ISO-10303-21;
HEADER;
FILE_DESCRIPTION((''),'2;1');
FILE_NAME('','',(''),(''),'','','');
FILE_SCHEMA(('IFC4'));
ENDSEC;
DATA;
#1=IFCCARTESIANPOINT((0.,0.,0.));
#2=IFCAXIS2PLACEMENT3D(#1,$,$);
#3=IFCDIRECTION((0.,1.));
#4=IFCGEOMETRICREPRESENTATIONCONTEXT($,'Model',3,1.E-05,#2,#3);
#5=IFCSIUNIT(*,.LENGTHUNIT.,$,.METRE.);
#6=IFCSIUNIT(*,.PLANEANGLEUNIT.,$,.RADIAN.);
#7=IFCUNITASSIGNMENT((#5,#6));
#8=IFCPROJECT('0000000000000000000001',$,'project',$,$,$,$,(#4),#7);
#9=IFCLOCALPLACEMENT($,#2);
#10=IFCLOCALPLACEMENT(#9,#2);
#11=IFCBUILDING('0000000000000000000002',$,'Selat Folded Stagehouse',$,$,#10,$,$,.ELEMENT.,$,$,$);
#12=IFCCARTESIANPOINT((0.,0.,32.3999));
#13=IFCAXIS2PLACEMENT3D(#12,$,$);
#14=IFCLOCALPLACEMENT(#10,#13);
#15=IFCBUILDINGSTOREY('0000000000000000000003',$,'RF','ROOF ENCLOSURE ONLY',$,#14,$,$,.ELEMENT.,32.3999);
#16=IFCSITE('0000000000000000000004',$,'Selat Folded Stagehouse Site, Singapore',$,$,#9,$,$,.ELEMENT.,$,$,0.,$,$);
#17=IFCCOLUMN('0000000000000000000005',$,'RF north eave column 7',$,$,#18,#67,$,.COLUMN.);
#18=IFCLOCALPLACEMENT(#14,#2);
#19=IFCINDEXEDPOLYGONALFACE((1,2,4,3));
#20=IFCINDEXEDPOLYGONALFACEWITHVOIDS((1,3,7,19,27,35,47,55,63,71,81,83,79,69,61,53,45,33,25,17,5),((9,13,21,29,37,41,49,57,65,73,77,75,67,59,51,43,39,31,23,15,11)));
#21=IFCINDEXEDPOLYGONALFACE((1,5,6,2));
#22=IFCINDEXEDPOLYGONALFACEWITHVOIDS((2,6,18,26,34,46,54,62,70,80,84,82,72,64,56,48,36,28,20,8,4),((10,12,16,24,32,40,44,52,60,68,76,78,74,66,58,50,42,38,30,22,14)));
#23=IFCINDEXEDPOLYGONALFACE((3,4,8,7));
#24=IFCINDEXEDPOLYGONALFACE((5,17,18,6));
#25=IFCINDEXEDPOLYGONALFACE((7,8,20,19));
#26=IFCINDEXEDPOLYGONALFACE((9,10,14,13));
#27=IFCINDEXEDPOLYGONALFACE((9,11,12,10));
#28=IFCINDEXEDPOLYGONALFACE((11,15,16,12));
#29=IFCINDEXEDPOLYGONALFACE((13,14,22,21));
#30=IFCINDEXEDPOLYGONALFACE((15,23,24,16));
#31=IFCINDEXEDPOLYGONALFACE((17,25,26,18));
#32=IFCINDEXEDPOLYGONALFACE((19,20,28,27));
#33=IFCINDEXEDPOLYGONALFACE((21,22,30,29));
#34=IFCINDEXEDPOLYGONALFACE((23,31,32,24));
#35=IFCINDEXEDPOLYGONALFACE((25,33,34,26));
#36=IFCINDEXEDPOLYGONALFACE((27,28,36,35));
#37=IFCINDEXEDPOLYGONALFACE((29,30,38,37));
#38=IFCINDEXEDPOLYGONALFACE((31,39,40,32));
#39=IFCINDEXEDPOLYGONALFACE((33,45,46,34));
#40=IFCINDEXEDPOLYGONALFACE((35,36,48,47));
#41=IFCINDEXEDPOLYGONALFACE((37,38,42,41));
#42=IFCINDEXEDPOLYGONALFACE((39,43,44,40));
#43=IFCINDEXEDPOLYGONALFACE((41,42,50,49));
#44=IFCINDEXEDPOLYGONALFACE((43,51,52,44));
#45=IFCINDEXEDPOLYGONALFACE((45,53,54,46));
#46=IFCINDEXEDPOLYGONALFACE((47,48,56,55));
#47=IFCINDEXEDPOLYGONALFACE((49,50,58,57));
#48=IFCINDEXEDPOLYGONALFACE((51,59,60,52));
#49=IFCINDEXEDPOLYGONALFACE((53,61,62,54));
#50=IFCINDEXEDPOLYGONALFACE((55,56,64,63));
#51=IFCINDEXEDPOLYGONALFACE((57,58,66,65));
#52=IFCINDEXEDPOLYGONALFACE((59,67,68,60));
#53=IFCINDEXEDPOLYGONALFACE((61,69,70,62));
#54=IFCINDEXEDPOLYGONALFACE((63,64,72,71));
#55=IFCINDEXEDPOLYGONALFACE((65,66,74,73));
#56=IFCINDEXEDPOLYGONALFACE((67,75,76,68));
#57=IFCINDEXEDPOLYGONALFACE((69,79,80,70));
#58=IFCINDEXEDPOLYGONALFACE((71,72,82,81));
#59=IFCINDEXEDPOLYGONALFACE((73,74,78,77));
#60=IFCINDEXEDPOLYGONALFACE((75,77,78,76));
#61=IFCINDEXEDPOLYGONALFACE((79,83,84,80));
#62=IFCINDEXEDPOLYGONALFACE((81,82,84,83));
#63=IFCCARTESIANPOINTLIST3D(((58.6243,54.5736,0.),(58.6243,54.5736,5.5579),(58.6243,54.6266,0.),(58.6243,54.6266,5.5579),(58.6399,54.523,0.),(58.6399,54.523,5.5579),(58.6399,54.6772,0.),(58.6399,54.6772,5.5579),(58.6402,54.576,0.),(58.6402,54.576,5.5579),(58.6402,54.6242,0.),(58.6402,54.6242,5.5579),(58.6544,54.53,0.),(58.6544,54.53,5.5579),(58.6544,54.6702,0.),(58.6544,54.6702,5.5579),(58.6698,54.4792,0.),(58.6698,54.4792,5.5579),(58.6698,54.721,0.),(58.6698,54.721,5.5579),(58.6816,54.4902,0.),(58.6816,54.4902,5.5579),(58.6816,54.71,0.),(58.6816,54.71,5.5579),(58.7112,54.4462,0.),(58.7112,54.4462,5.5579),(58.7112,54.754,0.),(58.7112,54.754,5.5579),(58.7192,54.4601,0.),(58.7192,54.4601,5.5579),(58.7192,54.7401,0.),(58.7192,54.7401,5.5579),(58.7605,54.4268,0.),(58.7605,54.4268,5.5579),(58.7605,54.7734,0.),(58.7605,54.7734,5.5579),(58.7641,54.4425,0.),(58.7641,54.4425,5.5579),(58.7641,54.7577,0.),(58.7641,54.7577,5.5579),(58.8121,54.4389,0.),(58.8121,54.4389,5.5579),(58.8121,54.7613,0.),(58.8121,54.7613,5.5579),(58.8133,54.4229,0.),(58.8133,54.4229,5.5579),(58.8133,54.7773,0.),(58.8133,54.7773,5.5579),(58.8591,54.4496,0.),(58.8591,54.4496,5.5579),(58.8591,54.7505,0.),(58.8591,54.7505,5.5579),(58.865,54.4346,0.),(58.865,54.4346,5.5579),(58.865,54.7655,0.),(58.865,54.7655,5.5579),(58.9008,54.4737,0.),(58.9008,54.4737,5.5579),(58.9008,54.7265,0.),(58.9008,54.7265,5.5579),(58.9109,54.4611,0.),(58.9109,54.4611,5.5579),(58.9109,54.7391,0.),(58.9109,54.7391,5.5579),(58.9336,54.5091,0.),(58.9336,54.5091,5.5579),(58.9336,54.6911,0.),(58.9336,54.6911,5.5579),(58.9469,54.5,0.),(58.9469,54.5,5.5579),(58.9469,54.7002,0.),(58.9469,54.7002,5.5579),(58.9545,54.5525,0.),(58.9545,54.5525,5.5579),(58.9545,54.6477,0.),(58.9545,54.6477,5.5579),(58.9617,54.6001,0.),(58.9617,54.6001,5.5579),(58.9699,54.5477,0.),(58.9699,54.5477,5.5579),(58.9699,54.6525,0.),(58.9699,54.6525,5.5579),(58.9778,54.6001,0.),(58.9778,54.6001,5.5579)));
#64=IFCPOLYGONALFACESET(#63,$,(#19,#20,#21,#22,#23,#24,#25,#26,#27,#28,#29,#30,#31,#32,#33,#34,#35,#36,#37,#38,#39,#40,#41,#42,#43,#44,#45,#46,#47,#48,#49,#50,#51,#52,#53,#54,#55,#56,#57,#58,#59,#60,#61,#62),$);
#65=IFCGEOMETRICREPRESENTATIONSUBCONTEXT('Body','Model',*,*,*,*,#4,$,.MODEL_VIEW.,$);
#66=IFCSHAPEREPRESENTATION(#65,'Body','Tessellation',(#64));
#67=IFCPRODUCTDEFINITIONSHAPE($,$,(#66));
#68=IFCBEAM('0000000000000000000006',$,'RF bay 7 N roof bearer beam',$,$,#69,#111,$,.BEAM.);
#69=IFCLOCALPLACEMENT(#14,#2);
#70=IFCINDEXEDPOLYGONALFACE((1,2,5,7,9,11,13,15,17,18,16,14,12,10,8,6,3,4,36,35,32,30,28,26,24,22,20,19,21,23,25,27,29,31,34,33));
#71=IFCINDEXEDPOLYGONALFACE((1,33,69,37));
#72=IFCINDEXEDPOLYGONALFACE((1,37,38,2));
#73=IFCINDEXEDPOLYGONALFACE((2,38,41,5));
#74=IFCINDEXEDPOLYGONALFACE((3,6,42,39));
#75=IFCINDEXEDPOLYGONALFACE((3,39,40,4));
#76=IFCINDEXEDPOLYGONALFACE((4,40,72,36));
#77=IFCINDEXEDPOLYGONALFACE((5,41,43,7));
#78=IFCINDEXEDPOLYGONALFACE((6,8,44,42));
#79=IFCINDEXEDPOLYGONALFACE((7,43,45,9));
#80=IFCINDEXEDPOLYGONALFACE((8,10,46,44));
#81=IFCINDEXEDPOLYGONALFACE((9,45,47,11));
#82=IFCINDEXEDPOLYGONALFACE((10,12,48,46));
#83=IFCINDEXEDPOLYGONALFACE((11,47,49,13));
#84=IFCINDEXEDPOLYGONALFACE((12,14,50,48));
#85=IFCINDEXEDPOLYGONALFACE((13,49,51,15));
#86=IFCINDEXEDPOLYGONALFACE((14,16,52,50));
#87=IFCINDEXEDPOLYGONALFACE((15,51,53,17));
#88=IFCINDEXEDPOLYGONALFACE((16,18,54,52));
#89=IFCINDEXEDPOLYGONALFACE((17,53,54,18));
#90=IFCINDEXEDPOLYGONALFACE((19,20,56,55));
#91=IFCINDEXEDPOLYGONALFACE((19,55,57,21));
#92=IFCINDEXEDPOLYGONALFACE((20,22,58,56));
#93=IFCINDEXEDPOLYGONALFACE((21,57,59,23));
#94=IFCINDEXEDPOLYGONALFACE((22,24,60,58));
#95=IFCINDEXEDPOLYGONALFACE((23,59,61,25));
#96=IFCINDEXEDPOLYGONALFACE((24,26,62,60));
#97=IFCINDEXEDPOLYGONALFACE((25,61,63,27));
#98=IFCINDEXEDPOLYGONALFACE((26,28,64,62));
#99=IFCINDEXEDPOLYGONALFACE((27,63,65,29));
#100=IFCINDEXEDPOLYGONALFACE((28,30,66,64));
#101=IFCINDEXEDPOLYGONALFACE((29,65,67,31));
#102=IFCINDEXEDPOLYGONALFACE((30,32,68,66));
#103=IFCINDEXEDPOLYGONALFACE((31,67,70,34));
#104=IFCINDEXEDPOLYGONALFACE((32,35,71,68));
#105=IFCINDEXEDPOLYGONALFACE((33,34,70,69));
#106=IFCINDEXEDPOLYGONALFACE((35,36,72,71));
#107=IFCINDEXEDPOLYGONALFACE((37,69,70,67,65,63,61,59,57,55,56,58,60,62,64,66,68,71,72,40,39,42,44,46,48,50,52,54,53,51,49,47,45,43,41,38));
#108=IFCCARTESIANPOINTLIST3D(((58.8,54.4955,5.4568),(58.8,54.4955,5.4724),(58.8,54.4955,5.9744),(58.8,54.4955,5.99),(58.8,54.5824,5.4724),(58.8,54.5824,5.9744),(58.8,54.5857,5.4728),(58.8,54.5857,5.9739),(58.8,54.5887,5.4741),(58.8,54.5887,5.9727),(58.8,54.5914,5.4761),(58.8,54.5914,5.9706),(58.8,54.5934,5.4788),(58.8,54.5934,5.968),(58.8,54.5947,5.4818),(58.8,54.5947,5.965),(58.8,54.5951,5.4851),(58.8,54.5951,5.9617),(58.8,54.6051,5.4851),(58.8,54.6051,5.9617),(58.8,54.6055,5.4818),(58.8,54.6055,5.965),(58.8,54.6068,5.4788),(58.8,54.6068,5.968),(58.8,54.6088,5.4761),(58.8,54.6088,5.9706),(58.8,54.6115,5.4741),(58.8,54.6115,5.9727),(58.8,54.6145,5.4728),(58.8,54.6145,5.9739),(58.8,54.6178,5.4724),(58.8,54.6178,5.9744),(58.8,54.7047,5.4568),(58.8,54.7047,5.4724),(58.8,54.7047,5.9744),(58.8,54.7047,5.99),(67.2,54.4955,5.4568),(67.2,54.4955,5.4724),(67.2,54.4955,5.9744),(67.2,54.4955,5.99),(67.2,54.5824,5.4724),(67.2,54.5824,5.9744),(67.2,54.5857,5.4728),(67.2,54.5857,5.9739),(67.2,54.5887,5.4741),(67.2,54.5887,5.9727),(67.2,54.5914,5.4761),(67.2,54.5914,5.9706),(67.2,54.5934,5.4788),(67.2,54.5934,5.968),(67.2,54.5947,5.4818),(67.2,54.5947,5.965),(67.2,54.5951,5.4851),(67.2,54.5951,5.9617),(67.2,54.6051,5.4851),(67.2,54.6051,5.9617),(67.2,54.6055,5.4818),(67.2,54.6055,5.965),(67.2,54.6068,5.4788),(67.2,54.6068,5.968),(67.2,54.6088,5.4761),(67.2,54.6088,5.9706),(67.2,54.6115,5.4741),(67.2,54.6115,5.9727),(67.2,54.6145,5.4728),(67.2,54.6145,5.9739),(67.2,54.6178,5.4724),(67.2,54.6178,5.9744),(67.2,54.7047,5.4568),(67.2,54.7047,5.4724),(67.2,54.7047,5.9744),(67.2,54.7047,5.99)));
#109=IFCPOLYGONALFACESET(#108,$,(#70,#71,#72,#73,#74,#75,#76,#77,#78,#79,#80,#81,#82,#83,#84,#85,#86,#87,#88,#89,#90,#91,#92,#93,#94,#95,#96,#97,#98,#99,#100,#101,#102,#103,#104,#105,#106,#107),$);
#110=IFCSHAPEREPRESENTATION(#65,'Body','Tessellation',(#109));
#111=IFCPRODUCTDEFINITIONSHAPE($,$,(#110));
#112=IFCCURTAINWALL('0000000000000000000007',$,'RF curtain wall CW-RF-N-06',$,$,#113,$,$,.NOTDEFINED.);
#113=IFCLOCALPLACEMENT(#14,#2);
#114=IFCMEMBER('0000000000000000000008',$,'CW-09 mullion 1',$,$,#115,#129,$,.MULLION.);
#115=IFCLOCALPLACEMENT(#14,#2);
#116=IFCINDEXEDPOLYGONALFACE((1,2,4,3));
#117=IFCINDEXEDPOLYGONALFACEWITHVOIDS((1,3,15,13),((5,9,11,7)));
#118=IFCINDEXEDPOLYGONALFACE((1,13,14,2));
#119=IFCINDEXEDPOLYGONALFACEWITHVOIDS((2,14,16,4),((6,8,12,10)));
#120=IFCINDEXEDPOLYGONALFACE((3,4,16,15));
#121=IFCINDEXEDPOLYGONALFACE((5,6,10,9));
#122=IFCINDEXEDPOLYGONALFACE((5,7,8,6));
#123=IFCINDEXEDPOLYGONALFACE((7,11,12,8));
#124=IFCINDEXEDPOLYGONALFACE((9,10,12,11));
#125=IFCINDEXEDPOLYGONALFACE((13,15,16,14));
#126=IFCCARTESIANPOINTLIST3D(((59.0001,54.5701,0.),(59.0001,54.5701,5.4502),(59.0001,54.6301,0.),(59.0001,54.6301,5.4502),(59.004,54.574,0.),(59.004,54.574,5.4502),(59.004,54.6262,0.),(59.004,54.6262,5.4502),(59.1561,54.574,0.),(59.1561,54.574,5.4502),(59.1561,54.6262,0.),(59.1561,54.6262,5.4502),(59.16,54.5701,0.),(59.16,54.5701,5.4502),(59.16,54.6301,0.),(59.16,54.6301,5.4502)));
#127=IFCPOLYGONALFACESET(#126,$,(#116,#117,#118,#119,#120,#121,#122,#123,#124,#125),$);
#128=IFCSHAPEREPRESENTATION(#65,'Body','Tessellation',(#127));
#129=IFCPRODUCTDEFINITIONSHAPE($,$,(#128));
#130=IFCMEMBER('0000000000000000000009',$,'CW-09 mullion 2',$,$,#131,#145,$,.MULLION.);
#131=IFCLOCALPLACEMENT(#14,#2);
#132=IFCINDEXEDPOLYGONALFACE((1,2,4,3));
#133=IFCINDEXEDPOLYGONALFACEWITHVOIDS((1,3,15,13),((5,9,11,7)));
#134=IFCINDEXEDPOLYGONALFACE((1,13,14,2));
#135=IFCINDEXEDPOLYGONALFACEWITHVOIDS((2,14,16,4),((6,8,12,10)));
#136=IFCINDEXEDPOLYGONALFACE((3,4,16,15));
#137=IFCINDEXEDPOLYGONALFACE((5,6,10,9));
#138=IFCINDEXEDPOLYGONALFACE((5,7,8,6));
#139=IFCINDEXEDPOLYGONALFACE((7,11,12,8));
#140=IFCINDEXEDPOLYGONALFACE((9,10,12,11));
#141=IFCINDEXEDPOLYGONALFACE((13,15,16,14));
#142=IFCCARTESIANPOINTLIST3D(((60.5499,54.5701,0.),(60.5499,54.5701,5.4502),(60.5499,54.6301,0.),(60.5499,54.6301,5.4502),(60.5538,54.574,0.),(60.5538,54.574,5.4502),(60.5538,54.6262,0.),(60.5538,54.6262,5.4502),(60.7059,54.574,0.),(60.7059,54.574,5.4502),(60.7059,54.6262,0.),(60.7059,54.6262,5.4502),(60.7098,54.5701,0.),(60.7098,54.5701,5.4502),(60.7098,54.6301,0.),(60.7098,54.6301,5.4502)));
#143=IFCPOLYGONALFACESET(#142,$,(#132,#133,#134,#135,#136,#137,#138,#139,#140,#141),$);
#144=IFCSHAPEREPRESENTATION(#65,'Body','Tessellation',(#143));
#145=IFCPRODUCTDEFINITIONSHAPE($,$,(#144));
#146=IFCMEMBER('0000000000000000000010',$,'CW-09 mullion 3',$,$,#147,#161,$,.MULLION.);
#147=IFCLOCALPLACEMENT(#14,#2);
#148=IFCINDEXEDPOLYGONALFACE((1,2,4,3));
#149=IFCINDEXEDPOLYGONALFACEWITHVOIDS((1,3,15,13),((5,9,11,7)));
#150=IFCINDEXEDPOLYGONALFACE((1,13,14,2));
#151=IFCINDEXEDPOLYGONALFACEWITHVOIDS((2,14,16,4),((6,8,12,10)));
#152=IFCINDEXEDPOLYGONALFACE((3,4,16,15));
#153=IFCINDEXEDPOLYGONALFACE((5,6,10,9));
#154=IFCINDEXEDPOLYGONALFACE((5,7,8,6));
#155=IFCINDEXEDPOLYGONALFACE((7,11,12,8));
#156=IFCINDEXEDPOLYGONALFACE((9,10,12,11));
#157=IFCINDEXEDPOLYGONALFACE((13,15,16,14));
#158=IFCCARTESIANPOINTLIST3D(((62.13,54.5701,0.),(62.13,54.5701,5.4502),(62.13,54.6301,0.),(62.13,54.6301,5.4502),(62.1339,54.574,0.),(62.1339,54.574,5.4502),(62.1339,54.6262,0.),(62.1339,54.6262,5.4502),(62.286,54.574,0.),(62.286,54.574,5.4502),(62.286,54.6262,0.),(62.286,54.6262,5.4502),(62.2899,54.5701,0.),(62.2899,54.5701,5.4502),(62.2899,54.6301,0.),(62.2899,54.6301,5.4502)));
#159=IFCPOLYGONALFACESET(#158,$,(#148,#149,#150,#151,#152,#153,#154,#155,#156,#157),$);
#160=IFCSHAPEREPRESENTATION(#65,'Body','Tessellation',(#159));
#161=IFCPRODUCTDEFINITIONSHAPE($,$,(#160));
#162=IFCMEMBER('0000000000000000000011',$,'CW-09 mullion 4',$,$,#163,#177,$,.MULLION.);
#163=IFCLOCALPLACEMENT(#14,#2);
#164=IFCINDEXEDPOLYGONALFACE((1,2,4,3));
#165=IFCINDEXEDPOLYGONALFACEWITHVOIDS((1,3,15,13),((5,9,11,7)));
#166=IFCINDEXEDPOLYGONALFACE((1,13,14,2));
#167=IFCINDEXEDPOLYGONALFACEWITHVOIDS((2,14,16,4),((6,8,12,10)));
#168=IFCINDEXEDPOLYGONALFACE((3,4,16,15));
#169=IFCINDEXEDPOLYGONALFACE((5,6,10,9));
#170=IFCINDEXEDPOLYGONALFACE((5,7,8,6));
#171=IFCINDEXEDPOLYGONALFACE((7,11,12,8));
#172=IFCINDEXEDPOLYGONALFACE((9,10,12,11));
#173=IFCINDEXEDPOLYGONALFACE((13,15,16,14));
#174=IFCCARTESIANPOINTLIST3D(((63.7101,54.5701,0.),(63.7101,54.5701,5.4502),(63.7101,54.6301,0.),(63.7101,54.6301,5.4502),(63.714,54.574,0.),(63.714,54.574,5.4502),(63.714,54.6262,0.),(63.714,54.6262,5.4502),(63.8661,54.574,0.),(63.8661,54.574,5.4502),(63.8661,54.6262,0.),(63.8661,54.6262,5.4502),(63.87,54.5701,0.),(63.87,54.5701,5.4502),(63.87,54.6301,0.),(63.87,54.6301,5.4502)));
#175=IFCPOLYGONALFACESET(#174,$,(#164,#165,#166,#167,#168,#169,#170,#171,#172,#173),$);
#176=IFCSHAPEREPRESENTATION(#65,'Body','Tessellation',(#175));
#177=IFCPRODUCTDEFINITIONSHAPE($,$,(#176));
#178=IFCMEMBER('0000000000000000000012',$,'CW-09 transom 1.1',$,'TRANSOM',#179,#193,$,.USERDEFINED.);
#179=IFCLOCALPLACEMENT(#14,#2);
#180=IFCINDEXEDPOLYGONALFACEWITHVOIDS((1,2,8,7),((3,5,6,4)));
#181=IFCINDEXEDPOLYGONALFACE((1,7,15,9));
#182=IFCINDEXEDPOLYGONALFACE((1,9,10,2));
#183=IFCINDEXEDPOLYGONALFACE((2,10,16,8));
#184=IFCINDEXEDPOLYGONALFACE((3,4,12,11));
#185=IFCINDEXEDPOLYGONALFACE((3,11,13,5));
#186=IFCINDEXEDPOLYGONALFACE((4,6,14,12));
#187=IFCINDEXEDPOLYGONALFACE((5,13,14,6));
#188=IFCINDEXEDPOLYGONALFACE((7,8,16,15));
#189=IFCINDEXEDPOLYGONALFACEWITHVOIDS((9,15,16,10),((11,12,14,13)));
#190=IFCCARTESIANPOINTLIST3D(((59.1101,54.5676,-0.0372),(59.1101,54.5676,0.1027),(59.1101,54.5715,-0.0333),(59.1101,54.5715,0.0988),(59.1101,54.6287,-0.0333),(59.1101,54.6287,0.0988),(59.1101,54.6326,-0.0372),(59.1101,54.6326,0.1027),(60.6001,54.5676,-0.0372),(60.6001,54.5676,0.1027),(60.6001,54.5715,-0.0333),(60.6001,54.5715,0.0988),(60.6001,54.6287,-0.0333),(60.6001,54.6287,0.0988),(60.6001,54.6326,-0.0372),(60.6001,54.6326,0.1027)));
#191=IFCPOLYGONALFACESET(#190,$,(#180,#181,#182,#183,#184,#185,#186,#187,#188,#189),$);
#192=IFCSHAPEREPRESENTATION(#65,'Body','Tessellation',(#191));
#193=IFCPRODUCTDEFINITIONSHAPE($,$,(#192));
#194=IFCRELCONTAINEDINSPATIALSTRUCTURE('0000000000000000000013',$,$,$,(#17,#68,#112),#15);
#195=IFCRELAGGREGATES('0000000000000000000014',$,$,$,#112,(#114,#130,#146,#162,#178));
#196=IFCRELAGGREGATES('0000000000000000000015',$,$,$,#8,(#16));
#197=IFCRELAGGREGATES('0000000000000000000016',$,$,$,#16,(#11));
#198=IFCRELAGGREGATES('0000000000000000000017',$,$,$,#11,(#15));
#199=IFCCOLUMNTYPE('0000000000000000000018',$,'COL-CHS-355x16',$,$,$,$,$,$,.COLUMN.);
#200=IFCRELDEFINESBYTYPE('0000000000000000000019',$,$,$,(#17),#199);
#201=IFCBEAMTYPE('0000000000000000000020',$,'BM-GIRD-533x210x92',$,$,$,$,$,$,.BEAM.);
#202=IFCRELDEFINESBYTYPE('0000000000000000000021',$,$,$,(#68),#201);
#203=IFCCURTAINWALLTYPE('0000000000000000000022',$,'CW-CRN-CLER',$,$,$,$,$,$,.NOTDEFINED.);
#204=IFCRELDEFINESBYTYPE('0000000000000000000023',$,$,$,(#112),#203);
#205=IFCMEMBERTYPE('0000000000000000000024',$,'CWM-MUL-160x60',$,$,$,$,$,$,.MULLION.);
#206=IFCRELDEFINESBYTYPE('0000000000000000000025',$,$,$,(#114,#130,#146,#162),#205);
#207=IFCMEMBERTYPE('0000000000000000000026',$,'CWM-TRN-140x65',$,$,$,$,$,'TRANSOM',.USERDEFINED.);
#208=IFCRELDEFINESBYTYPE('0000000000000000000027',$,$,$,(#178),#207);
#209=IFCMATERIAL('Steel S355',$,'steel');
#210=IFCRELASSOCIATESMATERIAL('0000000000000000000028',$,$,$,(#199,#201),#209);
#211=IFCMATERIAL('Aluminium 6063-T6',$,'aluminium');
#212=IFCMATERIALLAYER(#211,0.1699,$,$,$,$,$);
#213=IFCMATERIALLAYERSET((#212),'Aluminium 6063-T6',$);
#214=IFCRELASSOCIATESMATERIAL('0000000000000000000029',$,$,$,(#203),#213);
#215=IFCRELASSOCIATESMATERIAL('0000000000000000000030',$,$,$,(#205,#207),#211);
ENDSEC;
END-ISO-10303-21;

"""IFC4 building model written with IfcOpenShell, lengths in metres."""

from ifc_helpers import new_model, si_unit, direction, frame, origin, origin_2d, place, context, subcontext, project, spatial, hollow_rectangle, hollow_circle, i_section, extrude, material, layer, layer_set, material_profile, profile_set, type_object, element, aggregate, save


model = new_model("IFC4")

# Units and contexts
model_context = context("Model", 3, precision=1e-05, world=origin(), true_north=direction((0.0, 1.0)))
body_context = subcontext(model_context, "Body", "Model", "MODEL_VIEW")
ifc_project = project(units=[si_unit("LENGTHUNIT", "METRE"), si_unit("PLANEANGLEUNIT", "RADIAN")], contexts=[model_context])

# Site, building, storey
site_placement = place(None, origin())
site = spatial("IfcSite", under=ifc_project, at=site_placement, Name="Selat Folded Stagehouse Site, Singapore", CompositionType="ELEMENT", RefElevation=0.0)
building_placement = place(site_placement, origin())
building = spatial("IfcBuilding", under=site, at=building_placement, Name="Selat Folded Stagehouse", CompositionType="ELEMENT")
storey_placement = place(building_placement, frame((0.0, 0.0, 32.3999)))
storey = spatial("IfcBuildingStorey", under=building, at=storey_placement, Name="RF", Description="ROOF ENCLOSURE ONLY", CompositionType="ELEMENT", Elevation=32.3999)

# Column
ifc_material_1 = material(Name="Steel S355", Category="steel")
ifc_material_profile_1 = material_profile(ifc_material_1, hollow_circle(Radius=0.1777, WallThickness=0.0161, at=origin_2d()), Name="CHS 355.6x16.0")
ifc_profile_set_1 = profile_set([ifc_material_profile_1], Name="Steel S355")
column_type = type_object("IfcColumnType", Name="COL-CHS-355x16", PredefinedType="COLUMN", material=ifc_profile_set_1)
column_placement = place(storey_placement, frame((58.8, 54.6001, 0.0), z_axis=(0.0, 0.0, 1.0), x_axis=(1.0, 0.0, 0.0)))
element("IfcColumn", 1, at=column_placement, inside=storey, type_object=column_type, Name="RF north eave column 7", PredefinedType="COLUMN", context=body_context, shape_type="SweptSolid", body=[
    extrude(hollow_circle(Radius=0.1777, WallThickness=0.0161, at=origin_2d()), origin(), (0.0, 0.0, 1.0), 5.5579),
])

# Beam
ifc_material_profile_2 = material_profile(ifc_material_1, i_section(OverallWidth=0.2092, OverallDepth=0.5332, WebThickness=0.01, FlangeThickness=0.0156, FilletRadius=0.0127, at=origin_2d()), Name="UKB 533x210x92")
ifc_profile_set_2 = profile_set([ifc_material_profile_2], Name="Steel S355")
beam_type = type_object("IfcBeamType", Name="BM-GIRD-533x210x92", PredefinedType="BEAM", material=ifc_profile_set_2)
beam_placement = place(storey_placement, frame((58.8, 54.6001, 5.7234), z_axis=(1.0, 0.0, 0.0), x_axis=(0.0, 1.0, 0.0)))
element("IfcBeam", 2, at=beam_placement, inside=storey, type_object=beam_type, Name="RF bay 7 N roof bearer beam", PredefinedType="BEAM", context=body_context, shape_type="SweptSolid", body=[
    extrude(i_section(OverallWidth=0.2092, OverallDepth=0.5332, WebThickness=0.01, FlangeThickness=0.0156, FilletRadius=0.0127, at=origin_2d()), origin(), (0.0, 0.0, 1.0), 8.3999),
])

# Curtain wall, members
ifc_material_2 = material(Name="Aluminium 6063-T6", Category="aluminium")
ifc_layer_1 = layer(ifc_material_2, 0.1699)
ifc_layer_set_1 = layer_set([ifc_layer_1], Name="Aluminium 6063-T6")
curtain_wall_type = type_object("IfcCurtainWallType", Name="CW-CRN-CLER", PredefinedType="NOTDEFINED", material=ifc_layer_set_1)
curtain_wall_placement = place(storey_placement, origin())
curtain_wall = element("IfcCurtainWall", 3, at=curtain_wall_placement, inside=storey, type_object=curtain_wall_type, Name="RF curtain wall CW-RF-N-06", PredefinedType="NOTDEFINED")
ifc_material_profile_3 = material_profile(ifc_material_2, hollow_rectangle(XDim=0.0601, YDim=0.1599, WallThickness=0.0039, at=origin_2d()), Name="ALU 160x60x4.0")
ifc_profile_set_3 = profile_set([ifc_material_profile_3], Name="Aluminium 6063-T6")
member_type_1 = type_object("IfcMemberType", Name="CWM-MUL-160x60", PredefinedType="MULLION", material=ifc_profile_set_3)
member_1_placement = place(storey_placement, frame((59.0801, 54.6001, 0.0), z_axis=(0.0, 0.0, 1.0), x_axis=(0.0, 1.0, 0.0)))
member_1 = element("IfcMember", 4, at=member_1_placement, type_object=member_type_1, Name="CW-09 mullion 1", PredefinedType="MULLION", context=body_context, shape_type="SweptSolid", body=[
    extrude(hollow_rectangle(XDim=0.0601, YDim=0.1599, WallThickness=0.0039, at=origin_2d()), origin(), (0.0, 0.0, 1.0), 5.4502),
])
member_2_placement = place(storey_placement, frame((60.6299, 54.6001, 0.0), z_axis=(0.0, 0.0, 1.0), x_axis=(0.0, 1.0, 0.0)))
member_2 = element("IfcMember", 5, at=member_2_placement, type_object=member_type_1, Name="CW-09 mullion 2", PredefinedType="MULLION", context=body_context, shape_type="SweptSolid", body=[
    extrude(hollow_rectangle(XDim=0.0601, YDim=0.1599, WallThickness=0.0039, at=origin_2d()), origin(), (0.0, 0.0, 1.0), 5.4502),
])
member_3_placement = place(storey_placement, frame((62.21, 54.6001, 0.0), z_axis=(0.0, 0.0, 1.0), x_axis=(0.0, 1.0, 0.0)))
member_3 = element("IfcMember", 6, at=member_3_placement, type_object=member_type_1, Name="CW-09 mullion 3", PredefinedType="MULLION", context=body_context, shape_type="SweptSolid", body=[
    extrude(hollow_rectangle(XDim=0.0601, YDim=0.1599, WallThickness=0.0039, at=origin_2d()), origin(), (0.0, 0.0, 1.0), 5.4502),
])
member_4_placement = place(storey_placement, frame((63.79, 54.6001, 0.0), z_axis=(0.0, 0.0, 1.0), x_axis=(0.0, 1.0, 0.0)))
member_4 = element("IfcMember", 7, at=member_4_placement, type_object=member_type_1, Name="CW-09 mullion 4", PredefinedType="MULLION", context=body_context, shape_type="SweptSolid", body=[
    extrude(hollow_rectangle(XDim=0.0601, YDim=0.1599, WallThickness=0.0039, at=origin_2d()), origin(), (0.0, 0.0, 1.0), 5.4502),
])
ifc_material_profile_4 = material_profile(ifc_material_2, hollow_rectangle(XDim=0.0649, YDim=0.1399, WallThickness=0.0039, at=origin_2d()), Name="ALU 140x65x4.0")
ifc_profile_set_4 = profile_set([ifc_material_profile_4], Name="Aluminium 6063-T6")
member_type_2 = type_object("IfcMemberType", Name="CWM-TRN-140x65", ElementType="TRANSOM", PredefinedType="USERDEFINED", material=ifc_profile_set_4)
member_5_placement = place(storey_placement, frame((59.1101, 54.6001, 0.0327), z_axis=(1.0, 0.0, 0.0), x_axis=(0.0, 1.0, 0.0)))
member_5 = element("IfcMember", 8, at=member_5_placement, type_object=member_type_2, Name="CW-09 transom 1.1", ObjectType="TRANSOM", PredefinedType="USERDEFINED", context=body_context, shape_type="SweptSolid", body=[
    extrude(hollow_rectangle(XDim=0.0649, YDim=0.1399, WallThickness=0.0039, at=origin_2d()), origin(), (0.0, 0.0, 1.0), 1.49),
])

aggregate(curtain_wall, [member_1, member_2, member_3, member_4, member_5])

save(model, "model.ifc")
